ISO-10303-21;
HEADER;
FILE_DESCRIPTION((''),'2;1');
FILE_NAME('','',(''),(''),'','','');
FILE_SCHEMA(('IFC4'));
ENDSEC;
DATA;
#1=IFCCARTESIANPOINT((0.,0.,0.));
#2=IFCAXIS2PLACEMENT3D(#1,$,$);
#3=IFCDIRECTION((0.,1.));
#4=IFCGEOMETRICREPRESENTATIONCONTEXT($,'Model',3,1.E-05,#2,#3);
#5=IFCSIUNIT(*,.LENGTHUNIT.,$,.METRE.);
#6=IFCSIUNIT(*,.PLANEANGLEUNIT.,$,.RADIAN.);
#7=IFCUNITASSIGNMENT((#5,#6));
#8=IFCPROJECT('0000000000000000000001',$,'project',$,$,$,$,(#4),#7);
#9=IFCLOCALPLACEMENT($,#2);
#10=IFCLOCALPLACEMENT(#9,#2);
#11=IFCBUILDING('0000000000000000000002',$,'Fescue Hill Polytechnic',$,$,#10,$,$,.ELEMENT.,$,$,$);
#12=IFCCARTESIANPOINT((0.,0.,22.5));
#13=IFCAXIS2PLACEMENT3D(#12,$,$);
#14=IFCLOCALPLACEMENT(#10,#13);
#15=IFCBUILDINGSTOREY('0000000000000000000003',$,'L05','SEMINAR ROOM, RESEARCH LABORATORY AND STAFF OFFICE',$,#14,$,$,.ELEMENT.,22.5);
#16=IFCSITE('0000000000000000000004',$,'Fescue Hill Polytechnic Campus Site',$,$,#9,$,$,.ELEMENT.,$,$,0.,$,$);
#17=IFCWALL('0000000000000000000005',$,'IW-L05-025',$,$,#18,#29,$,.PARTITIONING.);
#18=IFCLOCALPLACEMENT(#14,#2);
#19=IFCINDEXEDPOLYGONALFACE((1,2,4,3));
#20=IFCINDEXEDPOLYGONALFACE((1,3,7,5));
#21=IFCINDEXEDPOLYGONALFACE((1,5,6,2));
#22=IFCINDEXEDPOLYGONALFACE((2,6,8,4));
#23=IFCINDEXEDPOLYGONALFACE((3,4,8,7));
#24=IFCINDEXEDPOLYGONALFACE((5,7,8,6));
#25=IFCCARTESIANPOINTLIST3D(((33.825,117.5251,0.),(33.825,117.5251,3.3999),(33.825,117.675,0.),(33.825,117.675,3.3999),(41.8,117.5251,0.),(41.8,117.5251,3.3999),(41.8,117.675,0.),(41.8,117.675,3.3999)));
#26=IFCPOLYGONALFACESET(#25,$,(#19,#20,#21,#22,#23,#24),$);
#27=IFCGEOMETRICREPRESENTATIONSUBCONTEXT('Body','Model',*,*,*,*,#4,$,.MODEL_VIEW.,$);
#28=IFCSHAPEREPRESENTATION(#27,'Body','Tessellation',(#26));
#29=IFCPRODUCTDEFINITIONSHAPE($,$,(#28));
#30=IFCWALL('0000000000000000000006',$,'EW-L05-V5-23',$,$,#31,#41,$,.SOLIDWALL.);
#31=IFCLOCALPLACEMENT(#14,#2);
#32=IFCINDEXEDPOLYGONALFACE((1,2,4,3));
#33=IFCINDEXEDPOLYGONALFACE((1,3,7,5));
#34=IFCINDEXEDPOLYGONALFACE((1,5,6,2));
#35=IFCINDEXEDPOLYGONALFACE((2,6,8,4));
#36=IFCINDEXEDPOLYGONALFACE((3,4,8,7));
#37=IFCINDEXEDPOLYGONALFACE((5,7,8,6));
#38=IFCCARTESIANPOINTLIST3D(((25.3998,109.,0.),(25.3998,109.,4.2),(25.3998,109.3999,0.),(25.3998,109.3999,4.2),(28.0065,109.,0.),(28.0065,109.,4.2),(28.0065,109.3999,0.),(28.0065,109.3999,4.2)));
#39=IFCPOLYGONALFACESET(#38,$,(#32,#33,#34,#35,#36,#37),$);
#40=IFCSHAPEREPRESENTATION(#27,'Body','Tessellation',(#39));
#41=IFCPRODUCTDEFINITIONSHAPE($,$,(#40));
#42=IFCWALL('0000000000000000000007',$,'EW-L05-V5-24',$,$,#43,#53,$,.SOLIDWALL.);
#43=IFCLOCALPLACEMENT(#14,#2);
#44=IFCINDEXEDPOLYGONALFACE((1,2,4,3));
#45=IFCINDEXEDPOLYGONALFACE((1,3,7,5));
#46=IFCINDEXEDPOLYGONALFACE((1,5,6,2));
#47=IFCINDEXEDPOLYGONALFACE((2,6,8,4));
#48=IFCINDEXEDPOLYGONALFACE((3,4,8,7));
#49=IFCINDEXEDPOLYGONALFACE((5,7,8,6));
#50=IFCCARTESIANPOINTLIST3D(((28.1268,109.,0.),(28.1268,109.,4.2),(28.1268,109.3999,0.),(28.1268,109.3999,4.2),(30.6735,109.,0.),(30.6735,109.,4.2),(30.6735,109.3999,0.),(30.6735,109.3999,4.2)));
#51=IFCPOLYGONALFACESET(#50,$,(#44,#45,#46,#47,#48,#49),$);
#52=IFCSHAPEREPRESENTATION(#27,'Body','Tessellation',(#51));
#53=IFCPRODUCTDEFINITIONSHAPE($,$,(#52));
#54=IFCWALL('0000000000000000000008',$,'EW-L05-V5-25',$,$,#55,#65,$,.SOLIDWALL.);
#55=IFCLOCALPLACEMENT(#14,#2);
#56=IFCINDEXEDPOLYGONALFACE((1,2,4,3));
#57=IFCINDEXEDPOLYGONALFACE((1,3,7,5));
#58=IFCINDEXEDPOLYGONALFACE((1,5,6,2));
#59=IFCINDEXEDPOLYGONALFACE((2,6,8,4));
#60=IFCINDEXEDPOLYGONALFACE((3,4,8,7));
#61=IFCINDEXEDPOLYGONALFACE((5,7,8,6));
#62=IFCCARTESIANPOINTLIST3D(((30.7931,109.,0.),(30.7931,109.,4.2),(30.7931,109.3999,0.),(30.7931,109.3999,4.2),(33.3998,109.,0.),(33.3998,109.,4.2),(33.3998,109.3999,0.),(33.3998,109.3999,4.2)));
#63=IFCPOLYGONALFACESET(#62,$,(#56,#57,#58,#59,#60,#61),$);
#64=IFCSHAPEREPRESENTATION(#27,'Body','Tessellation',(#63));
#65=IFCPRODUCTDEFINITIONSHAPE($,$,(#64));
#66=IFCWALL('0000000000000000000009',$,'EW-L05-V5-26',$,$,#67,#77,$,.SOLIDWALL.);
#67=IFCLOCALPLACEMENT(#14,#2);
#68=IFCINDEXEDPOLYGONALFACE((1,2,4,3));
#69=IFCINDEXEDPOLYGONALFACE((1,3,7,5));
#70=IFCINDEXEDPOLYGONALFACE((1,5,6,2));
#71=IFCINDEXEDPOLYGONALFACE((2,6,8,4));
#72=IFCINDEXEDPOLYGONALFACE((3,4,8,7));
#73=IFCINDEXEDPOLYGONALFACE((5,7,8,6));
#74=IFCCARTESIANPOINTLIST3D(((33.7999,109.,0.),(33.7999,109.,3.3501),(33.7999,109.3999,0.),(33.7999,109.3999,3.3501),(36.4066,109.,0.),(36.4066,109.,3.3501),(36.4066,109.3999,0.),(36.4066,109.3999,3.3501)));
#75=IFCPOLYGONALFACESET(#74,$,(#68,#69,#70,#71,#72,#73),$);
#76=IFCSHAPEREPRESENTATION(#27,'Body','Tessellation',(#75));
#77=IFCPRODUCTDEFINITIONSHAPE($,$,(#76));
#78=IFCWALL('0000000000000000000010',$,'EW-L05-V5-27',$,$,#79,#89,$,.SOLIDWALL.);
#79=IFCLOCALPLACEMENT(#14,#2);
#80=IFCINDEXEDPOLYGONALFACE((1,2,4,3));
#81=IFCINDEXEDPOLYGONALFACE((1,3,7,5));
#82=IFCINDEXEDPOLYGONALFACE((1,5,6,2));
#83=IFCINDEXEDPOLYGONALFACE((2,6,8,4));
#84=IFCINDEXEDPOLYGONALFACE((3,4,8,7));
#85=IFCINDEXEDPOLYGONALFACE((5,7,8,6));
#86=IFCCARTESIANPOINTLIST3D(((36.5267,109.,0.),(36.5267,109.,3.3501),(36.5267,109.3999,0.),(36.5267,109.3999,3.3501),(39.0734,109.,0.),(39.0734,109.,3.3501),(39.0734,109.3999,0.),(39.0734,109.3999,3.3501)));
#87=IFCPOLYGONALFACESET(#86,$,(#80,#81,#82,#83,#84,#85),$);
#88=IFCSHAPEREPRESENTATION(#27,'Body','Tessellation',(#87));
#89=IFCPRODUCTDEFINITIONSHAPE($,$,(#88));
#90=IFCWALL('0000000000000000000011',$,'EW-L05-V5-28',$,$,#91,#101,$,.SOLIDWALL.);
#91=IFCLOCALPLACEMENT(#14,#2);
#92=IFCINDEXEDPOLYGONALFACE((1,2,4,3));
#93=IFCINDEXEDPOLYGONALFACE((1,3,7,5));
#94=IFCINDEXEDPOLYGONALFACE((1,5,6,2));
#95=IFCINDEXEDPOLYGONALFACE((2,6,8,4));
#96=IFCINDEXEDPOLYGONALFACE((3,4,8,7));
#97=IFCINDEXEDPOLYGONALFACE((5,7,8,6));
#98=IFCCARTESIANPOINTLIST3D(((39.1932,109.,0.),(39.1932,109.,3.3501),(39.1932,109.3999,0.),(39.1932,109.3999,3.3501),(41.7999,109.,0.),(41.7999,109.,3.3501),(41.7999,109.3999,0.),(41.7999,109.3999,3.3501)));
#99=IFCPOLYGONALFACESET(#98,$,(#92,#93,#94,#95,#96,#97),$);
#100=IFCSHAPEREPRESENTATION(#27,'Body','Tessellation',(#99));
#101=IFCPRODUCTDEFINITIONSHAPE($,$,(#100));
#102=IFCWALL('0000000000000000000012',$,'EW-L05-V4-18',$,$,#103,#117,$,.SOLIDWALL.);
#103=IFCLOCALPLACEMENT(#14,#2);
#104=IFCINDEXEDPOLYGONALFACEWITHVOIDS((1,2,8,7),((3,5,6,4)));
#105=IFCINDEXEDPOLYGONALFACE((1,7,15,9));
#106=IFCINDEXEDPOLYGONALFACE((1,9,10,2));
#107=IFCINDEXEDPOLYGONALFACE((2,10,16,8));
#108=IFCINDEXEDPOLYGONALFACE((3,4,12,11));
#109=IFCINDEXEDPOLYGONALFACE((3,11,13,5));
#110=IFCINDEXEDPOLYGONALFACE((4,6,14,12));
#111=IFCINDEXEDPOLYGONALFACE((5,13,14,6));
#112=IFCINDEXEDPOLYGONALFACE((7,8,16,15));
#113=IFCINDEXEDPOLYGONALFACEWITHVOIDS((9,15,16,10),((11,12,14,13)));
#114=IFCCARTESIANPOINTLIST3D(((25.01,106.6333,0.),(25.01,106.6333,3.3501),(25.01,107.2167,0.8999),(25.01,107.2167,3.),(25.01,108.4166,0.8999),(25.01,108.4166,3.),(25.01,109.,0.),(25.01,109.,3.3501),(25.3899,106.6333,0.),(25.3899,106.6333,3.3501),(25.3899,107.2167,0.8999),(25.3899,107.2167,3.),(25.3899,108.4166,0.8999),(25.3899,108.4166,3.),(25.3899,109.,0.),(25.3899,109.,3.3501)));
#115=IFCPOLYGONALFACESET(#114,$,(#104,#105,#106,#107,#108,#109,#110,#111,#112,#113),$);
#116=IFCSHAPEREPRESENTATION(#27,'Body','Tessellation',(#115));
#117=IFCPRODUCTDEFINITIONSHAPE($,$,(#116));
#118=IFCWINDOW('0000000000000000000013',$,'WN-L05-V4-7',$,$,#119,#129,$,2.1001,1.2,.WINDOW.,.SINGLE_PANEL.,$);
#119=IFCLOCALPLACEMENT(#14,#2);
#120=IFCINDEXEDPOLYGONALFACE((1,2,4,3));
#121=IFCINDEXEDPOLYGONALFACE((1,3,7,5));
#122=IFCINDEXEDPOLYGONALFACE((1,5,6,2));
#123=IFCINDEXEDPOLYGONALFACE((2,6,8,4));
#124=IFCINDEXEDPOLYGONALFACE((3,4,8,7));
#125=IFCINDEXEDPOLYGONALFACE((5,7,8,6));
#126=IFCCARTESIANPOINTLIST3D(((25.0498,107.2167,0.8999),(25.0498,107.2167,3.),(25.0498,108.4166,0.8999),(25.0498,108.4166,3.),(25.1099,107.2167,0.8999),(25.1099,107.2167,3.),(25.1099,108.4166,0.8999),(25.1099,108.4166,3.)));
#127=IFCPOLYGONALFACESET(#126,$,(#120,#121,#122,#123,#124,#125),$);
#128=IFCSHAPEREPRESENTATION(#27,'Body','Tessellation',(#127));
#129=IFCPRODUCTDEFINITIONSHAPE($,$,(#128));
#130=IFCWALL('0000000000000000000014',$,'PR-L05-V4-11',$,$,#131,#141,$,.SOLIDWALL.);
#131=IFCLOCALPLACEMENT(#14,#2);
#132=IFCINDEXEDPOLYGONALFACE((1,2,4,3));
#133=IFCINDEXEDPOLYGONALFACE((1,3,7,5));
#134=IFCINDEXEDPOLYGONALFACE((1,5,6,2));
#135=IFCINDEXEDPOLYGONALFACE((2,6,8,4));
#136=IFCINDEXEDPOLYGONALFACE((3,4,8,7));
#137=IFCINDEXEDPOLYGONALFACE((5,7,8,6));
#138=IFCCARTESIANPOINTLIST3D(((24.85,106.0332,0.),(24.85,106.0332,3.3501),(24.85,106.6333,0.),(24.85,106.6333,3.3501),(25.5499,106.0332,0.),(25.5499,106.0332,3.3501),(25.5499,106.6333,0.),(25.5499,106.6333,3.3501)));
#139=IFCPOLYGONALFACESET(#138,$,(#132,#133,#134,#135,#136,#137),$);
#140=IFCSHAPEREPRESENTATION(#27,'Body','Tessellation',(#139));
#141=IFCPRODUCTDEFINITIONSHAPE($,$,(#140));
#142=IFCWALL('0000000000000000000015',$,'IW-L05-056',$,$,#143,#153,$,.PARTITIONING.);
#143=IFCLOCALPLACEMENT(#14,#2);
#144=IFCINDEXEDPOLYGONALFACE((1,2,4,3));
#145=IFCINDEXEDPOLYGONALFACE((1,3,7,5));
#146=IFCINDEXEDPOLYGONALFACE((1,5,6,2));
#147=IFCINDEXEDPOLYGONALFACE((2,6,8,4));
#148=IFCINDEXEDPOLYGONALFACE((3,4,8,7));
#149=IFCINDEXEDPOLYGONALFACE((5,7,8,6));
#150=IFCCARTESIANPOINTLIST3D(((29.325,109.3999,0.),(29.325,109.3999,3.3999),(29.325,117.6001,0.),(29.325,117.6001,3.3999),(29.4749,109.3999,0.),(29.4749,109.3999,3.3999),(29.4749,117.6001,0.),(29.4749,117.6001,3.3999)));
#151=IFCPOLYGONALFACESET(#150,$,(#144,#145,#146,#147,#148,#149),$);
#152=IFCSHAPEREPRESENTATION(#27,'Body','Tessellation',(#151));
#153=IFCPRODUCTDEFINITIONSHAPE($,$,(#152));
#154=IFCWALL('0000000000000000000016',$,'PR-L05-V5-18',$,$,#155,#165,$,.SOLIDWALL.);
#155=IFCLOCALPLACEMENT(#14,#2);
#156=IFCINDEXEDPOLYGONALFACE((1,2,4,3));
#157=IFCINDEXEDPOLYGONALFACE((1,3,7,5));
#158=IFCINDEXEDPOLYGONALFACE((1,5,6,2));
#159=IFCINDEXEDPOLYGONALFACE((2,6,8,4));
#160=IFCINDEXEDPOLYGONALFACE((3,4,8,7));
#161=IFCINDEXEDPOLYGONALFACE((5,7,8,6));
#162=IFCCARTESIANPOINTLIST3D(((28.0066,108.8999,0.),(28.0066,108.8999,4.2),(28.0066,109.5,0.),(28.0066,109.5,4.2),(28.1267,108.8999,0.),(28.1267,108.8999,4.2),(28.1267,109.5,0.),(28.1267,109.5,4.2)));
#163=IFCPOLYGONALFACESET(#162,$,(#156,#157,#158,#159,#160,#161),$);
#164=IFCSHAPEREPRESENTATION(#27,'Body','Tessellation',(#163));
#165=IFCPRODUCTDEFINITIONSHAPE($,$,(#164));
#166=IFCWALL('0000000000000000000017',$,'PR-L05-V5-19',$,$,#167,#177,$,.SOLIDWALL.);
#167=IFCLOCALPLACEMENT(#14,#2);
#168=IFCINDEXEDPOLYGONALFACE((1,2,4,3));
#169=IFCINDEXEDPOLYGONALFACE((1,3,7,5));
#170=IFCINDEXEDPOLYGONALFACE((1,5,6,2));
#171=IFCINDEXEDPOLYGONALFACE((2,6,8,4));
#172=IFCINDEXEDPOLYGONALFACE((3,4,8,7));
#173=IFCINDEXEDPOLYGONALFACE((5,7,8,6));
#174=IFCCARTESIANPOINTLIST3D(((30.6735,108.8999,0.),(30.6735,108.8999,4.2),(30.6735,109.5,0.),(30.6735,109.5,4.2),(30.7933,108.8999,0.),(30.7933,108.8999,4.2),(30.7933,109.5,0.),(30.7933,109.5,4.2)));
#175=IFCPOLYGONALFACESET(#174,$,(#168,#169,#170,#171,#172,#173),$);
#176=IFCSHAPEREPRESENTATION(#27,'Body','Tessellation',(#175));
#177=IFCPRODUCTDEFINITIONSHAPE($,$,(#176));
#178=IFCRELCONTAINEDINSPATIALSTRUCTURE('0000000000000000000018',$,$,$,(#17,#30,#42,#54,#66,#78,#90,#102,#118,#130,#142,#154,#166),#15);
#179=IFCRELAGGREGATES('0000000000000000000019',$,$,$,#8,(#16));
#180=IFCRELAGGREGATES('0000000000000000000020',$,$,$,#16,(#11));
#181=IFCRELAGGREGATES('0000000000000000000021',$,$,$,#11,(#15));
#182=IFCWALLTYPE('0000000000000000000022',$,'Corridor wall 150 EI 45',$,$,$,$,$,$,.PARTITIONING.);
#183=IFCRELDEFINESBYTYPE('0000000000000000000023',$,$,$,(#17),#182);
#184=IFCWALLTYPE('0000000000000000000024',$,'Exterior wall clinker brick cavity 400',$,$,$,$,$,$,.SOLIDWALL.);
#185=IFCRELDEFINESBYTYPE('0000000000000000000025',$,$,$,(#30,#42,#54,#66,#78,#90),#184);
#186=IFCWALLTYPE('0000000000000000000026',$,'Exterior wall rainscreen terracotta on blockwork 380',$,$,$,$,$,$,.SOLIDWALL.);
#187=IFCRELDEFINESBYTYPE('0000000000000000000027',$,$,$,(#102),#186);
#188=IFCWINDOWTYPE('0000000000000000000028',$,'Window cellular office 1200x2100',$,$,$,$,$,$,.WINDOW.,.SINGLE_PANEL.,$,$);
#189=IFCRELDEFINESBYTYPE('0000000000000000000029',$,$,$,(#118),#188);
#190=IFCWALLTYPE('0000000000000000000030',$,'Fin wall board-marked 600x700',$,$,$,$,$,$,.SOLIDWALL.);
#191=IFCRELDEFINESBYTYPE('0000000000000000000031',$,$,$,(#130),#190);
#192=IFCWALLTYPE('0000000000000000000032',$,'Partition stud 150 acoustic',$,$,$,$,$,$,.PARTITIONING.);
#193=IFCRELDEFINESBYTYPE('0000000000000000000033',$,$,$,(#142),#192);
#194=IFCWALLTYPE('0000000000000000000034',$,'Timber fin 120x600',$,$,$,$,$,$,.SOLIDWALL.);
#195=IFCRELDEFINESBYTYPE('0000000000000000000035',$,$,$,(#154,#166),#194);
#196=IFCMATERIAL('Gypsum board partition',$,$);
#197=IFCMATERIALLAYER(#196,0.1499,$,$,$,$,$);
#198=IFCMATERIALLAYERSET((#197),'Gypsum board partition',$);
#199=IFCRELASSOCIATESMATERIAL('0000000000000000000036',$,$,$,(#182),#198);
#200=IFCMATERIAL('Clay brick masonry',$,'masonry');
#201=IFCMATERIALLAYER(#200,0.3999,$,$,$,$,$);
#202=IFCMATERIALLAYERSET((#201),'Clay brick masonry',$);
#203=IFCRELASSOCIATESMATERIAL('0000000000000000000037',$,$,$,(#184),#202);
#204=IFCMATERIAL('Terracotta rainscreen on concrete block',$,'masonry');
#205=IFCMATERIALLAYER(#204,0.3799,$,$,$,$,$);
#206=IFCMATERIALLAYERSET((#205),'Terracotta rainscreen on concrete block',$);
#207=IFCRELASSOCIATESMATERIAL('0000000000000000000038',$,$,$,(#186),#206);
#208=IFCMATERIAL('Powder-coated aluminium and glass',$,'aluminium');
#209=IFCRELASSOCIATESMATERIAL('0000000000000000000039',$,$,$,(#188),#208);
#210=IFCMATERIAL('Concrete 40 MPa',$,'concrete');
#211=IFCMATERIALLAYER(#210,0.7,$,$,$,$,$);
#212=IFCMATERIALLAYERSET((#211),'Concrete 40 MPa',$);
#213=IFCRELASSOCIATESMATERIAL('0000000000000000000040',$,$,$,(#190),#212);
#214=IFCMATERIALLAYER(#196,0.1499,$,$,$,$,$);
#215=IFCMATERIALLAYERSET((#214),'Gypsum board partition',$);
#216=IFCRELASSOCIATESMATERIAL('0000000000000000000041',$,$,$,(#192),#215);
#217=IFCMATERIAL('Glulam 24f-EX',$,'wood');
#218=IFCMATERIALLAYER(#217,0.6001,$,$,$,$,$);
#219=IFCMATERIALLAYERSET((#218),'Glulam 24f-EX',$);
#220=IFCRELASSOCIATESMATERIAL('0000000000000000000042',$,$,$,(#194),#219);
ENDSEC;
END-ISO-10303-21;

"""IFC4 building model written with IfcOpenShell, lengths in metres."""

from ifc_helpers import new_model, si_unit, direction, frame, frame_2d, origin, place, context, subcontext, project, spatial, rectangle, extrude, material, layer, layer_set, type_object, element, fill, save


model = new_model("IFC4")

# Units and contexts
model_context = context("Model", 3, precision=1e-05, world=origin(), true_north=direction((0.0, 1.0)))
body_context = subcontext(model_context, "Body", "Model", "MODEL_VIEW")
ifc_project = project(units=[si_unit("LENGTHUNIT", "METRE"), si_unit("PLANEANGLEUNIT", "RADIAN")], contexts=[model_context])

# Site, building, storey
site_placement = place(None, origin())
site = spatial("IfcSite", under=ifc_project, at=site_placement, Name="Fescue Hill Polytechnic Campus Site", CompositionType="ELEMENT", RefElevation=0.0)
building_placement = place(site_placement, origin())
building = spatial("IfcBuilding", under=site, at=building_placement, Name="Fescue Hill Polytechnic", CompositionType="ELEMENT")
storey_placement = place(building_placement, frame((0.0, 0.0, 22.5)))
storey = spatial("IfcBuildingStorey", under=building, at=storey_placement, Name="L05", Description="SEMINAR ROOM, RESEARCH LABORATORY AND STAFF OFFICE", CompositionType="ELEMENT", Elevation=22.5)

# Shared definitions
ifc_material_1 = material(Name="Concrete 40 MPa", Category="concrete")

# Shared definitions
ifc_material_2 = material(Name="Gypsum board partition")
ifc_layer_1 = layer(ifc_material_2, 0.1499)
ifc_layer_set_1 = layer_set([ifc_layer_1], Name="Gypsum board partition")
wall_type_1 = type_object("IfcWallType", Name="Corridor wall 150 EI 45", PredefinedType="PARTITIONING", material=ifc_layer_set_1)

# Walls
wall_1_placement = place(storey_placement, frame((33.825, 117.6001, 0.0), z_axis=(0.0, 0.0, 1.0), x_axis=(1.0, 0.0, 0.0)))
element("IfcWall", 1, at=wall_1_placement, inside=storey, type_object=wall_type_1, Name="IW-L05-025", PredefinedType="PARTITIONING", context=body_context, shape_type="SweptSolid", body=[
    extrude(rectangle(XDim=7.9751, YDim=0.1499, at=frame_2d((3.9875, 0.0))), origin(), (0.0, 0.0, 1.0), 3.3999),
])
ifc_material_3 = material(Name="Clay brick masonry", Category="masonry")
ifc_layer_2 = layer(ifc_material_3, 0.3999)
ifc_layer_set_2 = layer_set([ifc_layer_2], Name="Clay brick masonry")
wall_type_2 = type_object("IfcWallType", Name="Exterior wall clinker brick cavity 400", PredefinedType="SOLIDWALL", material=ifc_layer_set_2)
wall_2_placement = place(storey_placement, frame((25.3999, 109.2, 0.0), z_axis=(0.0, 0.0, 1.0), x_axis=(1.0, 0.0, 0.0)))
element("IfcWall", 2, at=wall_2_placement, inside=storey, type_object=wall_type_2, Name="EW-L05-V5-23", PredefinedType="SOLIDWALL", context=body_context, shape_type="SweptSolid", body=[
    extrude(rectangle(XDim=2.6067, YDim=0.3999, at=frame_2d((1.3032, 0.0))), origin(), (0.0, 0.0, 1.0), 4.2),
])
wall_3_placement = place(storey_placement, frame((28.1267, 109.2, 0.0), z_axis=(0.0, 0.0, 1.0), x_axis=(1.0, 0.0, 0.0)))
element("IfcWall", 3, at=wall_3_placement, inside=storey, type_object=wall_type_2, Name="EW-L05-V5-24", PredefinedType="SOLIDWALL", context=body_context, shape_type="SweptSolid", body=[
    extrude(rectangle(XDim=2.5466, YDim=0.3999, at=frame_2d((1.2734, 0.0))), origin(), (0.0, 0.0, 1.0), 4.2),
])
wall_4_placement = place(storey_placement, frame((30.7932, 109.2, 0.0), z_axis=(0.0, 0.0, 1.0), x_axis=(1.0, 0.0, 0.0)))
element("IfcWall", 4, at=wall_4_placement, inside=storey, type_object=wall_type_2, Name="EW-L05-V5-25", PredefinedType="SOLIDWALL", context=body_context, shape_type="SweptSolid", body=[
    extrude(rectangle(XDim=2.6067, YDim=0.3999, at=frame_2d((1.3032, 0.0))), origin(), (0.0, 0.0, 1.0), 4.2),
])
wall_5_placement = place(storey_placement, frame((33.8, 109.2, 0.0), z_axis=(0.0, 0.0, 1.0), x_axis=(1.0, 0.0, 0.0)))
element("IfcWall", 5, at=wall_5_placement, inside=storey, type_object=wall_type_2, Name="EW-L05-V5-26", PredefinedType="SOLIDWALL", context=body_context, shape_type="SweptSolid", body=[
    extrude(rectangle(XDim=2.6067, YDim=0.3999, at=frame_2d((1.3032, 0.0))), origin(), (0.0, 0.0, 1.0), 3.3501),
])
wall_6_placement = place(storey_placement, frame((36.5266, 109.2, 0.0), z_axis=(0.0, 0.0, 1.0), x_axis=(1.0, 0.0, 0.0)))
element("IfcWall", 6, at=wall_6_placement, inside=storey, type_object=wall_type_2, Name="EW-L05-V5-27", PredefinedType="SOLIDWALL", context=body_context, shape_type="SweptSolid", body=[
    extrude(rectangle(XDim=2.5466, YDim=0.3999, at=frame_2d((1.2734, 0.0))), origin(), (0.0, 0.0, 1.0), 3.3501),
])
wall_7_placement = place(storey_placement, frame((39.1934, 109.2, 0.0), z_axis=(0.0, 0.0, 1.0), x_axis=(1.0, 0.0, 0.0)))
element("IfcWall", 7, at=wall_7_placement, inside=storey, type_object=wall_type_2, Name="EW-L05-V5-28", PredefinedType="SOLIDWALL", context=body_context, shape_type="SweptSolid", body=[
    extrude(rectangle(XDim=2.6067, YDim=0.3999, at=frame_2d((1.3032, 0.0))), origin(), (0.0, 0.0, 1.0), 3.3501),
])

# Wall, opening, window
ifc_material_4 = material(Name="Terracotta rainscreen on concrete block", Category="masonry")
ifc_layer_3 = layer(ifc_material_4, 0.3799)
ifc_layer_set_3 = layer_set([ifc_layer_3], Name="Terracotta rainscreen on concrete block")
wall_type_3 = type_object("IfcWallType", Name="Exterior wall rainscreen terracotta on blockwork 380", PredefinedType="SOLIDWALL", material=ifc_layer_set_3)
wall_8_placement = place(storey_placement, frame((25.2, 106.6333, 0.0), z_axis=(0.0, 0.0, 1.0), x_axis=(0.0, 1.0, 0.0)))
wall_8 = element("IfcWall", 8, at=wall_8_placement, inside=storey, type_object=wall_type_3, Name="EW-L05-V4-18", PredefinedType="SOLIDWALL", context=body_context, shape_type="SweptSolid", body=[
    extrude(rectangle(XDim=2.3667, YDim=0.3799, at=frame_2d((1.1833, 0.0))), origin(), (0.0, 0.0, 1.0), 3.3501),
])
opening_1_placement = place(wall_8_placement, frame((0.5833, 0.0, 0.8999)))
opening_1 = element("IfcOpeningElement", 9, at=opening_1_placement, cuts=wall_8, PredefinedType="OPENING", context=body_context, shape_type="SweptSolid", body=[
    extrude(rectangle(XDim=1.2, YDim=2.1001, at=frame_2d((0.6001, 1.05))), frame((0.0, 0.2, 0.0), z_axis=(0.0, -1.0, 0.0), x_axis=(1.0, 0.0, 0.0)), (0.0, 0.0, 1.0), 0.3999),
])
ifc_material_5 = material(Name="Powder-coated aluminium and glass", Category="aluminium")
window_type = type_object("IfcWindowType", Name="Window cellular office 1200x2100", PartitioningType="SINGLE_PANEL", PredefinedType="WINDOW", material=ifc_material_5)
window_placement = place(opening_1_placement, origin())
window = element("IfcWindow", 10, at=window_placement, inside=storey, type_object=window_type, Name="WN-L05-V4-7", OverallHeight=2.1001, OverallWidth=1.2, PartitioningType="SINGLE_PANEL", PredefinedType="WINDOW", context=body_context, shape_type="SweptSolid", body=[
    extrude(rectangle(XDim=1.2, YDim=2.1001, at=frame_2d((0.6001, 1.05))), frame((0.0, 0.1501, 0.0), z_axis=(0.0, -1.0, 0.0), x_axis=(1.0, 0.0, 0.0)), (0.0, 0.0, 1.0), 0.0601),
])
fill(opening_1, window)

# Walls
ifc_layer_4 = layer(ifc_material_1, 0.7)
ifc_layer_set_4 = layer_set([ifc_layer_4], Name="Concrete 40 MPa")
wall_type_4 = type_object("IfcWallType", Name="Fin wall board-marked 600x700", PredefinedType="SOLIDWALL", material=ifc_layer_set_4)
wall_9_placement = place(storey_placement, frame((25.2, 106.0332, 0.0), z_axis=(0.0, 0.0, 1.0), x_axis=(0.0, 1.0, 0.0)))
element("IfcWall", 11, at=wall_9_placement, inside=storey, type_object=wall_type_4, Name="PR-L05-V4-11", PredefinedType="SOLIDWALL", context=body_context, shape_type="SweptSolid", body=[
    extrude(rectangle(XDim=0.6001, YDim=0.7, at=frame_2d((0.3, 0.0))), origin(), (0.0, 0.0, 1.0), 3.3501),
])
ifc_layer_5 = layer(ifc_material_2, 0.1499)
ifc_layer_set_5 = layer_set([ifc_layer_5], Name="Gypsum board partition")
wall_type_5 = type_object("IfcWallType", Name="Partition stud 150 acoustic", PredefinedType="PARTITIONING", material=ifc_layer_set_5)
wall_10_placement = place(storey_placement, frame((29.3999, 109.3999, 0.0), z_axis=(0.0, 0.0, 1.0), x_axis=(0.0, 1.0, 0.0)))
element("IfcWall", 12, at=wall_10_placement, inside=storey, type_object=wall_type_5, Name="IW-L05-056", PredefinedType="PARTITIONING", context=body_context, shape_type="SweptSolid", body=[
    extrude(rectangle(XDim=8.2002, YDim=0.1499, at=frame_2d((4.1001, 0.0))), origin(), (0.0, 0.0, 1.0), 3.3999),
])
ifc_material_6 = material(Name="Glulam 24f-EX", Category="wood")
ifc_layer_6 = layer(ifc_material_6, 0.6001)
ifc_layer_set_6 = layer_set([ifc_layer_6], Name="Glulam 24f-EX")
wall_type_6 = type_object("IfcWallType", Name="Timber fin 120x600", PredefinedType="SOLIDWALL", material=ifc_layer_set_6)
wall_11_placement = place(storey_placement, frame((28.0066, 109.2, 0.0), z_axis=(0.0, 0.0, 1.0), x_axis=(1.0, 0.0, 0.0)))
element("IfcWall", 13, at=wall_11_placement, inside=storey, type_object=wall_type_6, Name="PR-L05-V5-18", PredefinedType="SOLIDWALL", context=body_context, shape_type="SweptSolid", body=[
    extrude(rectangle(XDim=0.1201, YDim=0.6001, at=frame_2d((0.0601, 0.0))), origin(), (0.0, 0.0, 1.0), 4.2),
])
wall_12_placement = place(storey_placement, frame((30.6733, 109.2, 0.0), z_axis=(0.0, 0.0, 1.0), x_axis=(1.0, 0.0, 0.0)))
element("IfcWall", 14, at=wall_12_placement, inside=storey, type_object=wall_type_6, Name="PR-L05-V5-19", PredefinedType="SOLIDWALL", context=body_context, shape_type="SweptSolid", body=[
    extrude(rectangle(XDim=0.1199, YDim=0.6001, at=frame_2d((0.0601, 0.0))), origin(), (0.0, 0.0, 1.0), 4.2),
])

save(model, "model.ifc")
